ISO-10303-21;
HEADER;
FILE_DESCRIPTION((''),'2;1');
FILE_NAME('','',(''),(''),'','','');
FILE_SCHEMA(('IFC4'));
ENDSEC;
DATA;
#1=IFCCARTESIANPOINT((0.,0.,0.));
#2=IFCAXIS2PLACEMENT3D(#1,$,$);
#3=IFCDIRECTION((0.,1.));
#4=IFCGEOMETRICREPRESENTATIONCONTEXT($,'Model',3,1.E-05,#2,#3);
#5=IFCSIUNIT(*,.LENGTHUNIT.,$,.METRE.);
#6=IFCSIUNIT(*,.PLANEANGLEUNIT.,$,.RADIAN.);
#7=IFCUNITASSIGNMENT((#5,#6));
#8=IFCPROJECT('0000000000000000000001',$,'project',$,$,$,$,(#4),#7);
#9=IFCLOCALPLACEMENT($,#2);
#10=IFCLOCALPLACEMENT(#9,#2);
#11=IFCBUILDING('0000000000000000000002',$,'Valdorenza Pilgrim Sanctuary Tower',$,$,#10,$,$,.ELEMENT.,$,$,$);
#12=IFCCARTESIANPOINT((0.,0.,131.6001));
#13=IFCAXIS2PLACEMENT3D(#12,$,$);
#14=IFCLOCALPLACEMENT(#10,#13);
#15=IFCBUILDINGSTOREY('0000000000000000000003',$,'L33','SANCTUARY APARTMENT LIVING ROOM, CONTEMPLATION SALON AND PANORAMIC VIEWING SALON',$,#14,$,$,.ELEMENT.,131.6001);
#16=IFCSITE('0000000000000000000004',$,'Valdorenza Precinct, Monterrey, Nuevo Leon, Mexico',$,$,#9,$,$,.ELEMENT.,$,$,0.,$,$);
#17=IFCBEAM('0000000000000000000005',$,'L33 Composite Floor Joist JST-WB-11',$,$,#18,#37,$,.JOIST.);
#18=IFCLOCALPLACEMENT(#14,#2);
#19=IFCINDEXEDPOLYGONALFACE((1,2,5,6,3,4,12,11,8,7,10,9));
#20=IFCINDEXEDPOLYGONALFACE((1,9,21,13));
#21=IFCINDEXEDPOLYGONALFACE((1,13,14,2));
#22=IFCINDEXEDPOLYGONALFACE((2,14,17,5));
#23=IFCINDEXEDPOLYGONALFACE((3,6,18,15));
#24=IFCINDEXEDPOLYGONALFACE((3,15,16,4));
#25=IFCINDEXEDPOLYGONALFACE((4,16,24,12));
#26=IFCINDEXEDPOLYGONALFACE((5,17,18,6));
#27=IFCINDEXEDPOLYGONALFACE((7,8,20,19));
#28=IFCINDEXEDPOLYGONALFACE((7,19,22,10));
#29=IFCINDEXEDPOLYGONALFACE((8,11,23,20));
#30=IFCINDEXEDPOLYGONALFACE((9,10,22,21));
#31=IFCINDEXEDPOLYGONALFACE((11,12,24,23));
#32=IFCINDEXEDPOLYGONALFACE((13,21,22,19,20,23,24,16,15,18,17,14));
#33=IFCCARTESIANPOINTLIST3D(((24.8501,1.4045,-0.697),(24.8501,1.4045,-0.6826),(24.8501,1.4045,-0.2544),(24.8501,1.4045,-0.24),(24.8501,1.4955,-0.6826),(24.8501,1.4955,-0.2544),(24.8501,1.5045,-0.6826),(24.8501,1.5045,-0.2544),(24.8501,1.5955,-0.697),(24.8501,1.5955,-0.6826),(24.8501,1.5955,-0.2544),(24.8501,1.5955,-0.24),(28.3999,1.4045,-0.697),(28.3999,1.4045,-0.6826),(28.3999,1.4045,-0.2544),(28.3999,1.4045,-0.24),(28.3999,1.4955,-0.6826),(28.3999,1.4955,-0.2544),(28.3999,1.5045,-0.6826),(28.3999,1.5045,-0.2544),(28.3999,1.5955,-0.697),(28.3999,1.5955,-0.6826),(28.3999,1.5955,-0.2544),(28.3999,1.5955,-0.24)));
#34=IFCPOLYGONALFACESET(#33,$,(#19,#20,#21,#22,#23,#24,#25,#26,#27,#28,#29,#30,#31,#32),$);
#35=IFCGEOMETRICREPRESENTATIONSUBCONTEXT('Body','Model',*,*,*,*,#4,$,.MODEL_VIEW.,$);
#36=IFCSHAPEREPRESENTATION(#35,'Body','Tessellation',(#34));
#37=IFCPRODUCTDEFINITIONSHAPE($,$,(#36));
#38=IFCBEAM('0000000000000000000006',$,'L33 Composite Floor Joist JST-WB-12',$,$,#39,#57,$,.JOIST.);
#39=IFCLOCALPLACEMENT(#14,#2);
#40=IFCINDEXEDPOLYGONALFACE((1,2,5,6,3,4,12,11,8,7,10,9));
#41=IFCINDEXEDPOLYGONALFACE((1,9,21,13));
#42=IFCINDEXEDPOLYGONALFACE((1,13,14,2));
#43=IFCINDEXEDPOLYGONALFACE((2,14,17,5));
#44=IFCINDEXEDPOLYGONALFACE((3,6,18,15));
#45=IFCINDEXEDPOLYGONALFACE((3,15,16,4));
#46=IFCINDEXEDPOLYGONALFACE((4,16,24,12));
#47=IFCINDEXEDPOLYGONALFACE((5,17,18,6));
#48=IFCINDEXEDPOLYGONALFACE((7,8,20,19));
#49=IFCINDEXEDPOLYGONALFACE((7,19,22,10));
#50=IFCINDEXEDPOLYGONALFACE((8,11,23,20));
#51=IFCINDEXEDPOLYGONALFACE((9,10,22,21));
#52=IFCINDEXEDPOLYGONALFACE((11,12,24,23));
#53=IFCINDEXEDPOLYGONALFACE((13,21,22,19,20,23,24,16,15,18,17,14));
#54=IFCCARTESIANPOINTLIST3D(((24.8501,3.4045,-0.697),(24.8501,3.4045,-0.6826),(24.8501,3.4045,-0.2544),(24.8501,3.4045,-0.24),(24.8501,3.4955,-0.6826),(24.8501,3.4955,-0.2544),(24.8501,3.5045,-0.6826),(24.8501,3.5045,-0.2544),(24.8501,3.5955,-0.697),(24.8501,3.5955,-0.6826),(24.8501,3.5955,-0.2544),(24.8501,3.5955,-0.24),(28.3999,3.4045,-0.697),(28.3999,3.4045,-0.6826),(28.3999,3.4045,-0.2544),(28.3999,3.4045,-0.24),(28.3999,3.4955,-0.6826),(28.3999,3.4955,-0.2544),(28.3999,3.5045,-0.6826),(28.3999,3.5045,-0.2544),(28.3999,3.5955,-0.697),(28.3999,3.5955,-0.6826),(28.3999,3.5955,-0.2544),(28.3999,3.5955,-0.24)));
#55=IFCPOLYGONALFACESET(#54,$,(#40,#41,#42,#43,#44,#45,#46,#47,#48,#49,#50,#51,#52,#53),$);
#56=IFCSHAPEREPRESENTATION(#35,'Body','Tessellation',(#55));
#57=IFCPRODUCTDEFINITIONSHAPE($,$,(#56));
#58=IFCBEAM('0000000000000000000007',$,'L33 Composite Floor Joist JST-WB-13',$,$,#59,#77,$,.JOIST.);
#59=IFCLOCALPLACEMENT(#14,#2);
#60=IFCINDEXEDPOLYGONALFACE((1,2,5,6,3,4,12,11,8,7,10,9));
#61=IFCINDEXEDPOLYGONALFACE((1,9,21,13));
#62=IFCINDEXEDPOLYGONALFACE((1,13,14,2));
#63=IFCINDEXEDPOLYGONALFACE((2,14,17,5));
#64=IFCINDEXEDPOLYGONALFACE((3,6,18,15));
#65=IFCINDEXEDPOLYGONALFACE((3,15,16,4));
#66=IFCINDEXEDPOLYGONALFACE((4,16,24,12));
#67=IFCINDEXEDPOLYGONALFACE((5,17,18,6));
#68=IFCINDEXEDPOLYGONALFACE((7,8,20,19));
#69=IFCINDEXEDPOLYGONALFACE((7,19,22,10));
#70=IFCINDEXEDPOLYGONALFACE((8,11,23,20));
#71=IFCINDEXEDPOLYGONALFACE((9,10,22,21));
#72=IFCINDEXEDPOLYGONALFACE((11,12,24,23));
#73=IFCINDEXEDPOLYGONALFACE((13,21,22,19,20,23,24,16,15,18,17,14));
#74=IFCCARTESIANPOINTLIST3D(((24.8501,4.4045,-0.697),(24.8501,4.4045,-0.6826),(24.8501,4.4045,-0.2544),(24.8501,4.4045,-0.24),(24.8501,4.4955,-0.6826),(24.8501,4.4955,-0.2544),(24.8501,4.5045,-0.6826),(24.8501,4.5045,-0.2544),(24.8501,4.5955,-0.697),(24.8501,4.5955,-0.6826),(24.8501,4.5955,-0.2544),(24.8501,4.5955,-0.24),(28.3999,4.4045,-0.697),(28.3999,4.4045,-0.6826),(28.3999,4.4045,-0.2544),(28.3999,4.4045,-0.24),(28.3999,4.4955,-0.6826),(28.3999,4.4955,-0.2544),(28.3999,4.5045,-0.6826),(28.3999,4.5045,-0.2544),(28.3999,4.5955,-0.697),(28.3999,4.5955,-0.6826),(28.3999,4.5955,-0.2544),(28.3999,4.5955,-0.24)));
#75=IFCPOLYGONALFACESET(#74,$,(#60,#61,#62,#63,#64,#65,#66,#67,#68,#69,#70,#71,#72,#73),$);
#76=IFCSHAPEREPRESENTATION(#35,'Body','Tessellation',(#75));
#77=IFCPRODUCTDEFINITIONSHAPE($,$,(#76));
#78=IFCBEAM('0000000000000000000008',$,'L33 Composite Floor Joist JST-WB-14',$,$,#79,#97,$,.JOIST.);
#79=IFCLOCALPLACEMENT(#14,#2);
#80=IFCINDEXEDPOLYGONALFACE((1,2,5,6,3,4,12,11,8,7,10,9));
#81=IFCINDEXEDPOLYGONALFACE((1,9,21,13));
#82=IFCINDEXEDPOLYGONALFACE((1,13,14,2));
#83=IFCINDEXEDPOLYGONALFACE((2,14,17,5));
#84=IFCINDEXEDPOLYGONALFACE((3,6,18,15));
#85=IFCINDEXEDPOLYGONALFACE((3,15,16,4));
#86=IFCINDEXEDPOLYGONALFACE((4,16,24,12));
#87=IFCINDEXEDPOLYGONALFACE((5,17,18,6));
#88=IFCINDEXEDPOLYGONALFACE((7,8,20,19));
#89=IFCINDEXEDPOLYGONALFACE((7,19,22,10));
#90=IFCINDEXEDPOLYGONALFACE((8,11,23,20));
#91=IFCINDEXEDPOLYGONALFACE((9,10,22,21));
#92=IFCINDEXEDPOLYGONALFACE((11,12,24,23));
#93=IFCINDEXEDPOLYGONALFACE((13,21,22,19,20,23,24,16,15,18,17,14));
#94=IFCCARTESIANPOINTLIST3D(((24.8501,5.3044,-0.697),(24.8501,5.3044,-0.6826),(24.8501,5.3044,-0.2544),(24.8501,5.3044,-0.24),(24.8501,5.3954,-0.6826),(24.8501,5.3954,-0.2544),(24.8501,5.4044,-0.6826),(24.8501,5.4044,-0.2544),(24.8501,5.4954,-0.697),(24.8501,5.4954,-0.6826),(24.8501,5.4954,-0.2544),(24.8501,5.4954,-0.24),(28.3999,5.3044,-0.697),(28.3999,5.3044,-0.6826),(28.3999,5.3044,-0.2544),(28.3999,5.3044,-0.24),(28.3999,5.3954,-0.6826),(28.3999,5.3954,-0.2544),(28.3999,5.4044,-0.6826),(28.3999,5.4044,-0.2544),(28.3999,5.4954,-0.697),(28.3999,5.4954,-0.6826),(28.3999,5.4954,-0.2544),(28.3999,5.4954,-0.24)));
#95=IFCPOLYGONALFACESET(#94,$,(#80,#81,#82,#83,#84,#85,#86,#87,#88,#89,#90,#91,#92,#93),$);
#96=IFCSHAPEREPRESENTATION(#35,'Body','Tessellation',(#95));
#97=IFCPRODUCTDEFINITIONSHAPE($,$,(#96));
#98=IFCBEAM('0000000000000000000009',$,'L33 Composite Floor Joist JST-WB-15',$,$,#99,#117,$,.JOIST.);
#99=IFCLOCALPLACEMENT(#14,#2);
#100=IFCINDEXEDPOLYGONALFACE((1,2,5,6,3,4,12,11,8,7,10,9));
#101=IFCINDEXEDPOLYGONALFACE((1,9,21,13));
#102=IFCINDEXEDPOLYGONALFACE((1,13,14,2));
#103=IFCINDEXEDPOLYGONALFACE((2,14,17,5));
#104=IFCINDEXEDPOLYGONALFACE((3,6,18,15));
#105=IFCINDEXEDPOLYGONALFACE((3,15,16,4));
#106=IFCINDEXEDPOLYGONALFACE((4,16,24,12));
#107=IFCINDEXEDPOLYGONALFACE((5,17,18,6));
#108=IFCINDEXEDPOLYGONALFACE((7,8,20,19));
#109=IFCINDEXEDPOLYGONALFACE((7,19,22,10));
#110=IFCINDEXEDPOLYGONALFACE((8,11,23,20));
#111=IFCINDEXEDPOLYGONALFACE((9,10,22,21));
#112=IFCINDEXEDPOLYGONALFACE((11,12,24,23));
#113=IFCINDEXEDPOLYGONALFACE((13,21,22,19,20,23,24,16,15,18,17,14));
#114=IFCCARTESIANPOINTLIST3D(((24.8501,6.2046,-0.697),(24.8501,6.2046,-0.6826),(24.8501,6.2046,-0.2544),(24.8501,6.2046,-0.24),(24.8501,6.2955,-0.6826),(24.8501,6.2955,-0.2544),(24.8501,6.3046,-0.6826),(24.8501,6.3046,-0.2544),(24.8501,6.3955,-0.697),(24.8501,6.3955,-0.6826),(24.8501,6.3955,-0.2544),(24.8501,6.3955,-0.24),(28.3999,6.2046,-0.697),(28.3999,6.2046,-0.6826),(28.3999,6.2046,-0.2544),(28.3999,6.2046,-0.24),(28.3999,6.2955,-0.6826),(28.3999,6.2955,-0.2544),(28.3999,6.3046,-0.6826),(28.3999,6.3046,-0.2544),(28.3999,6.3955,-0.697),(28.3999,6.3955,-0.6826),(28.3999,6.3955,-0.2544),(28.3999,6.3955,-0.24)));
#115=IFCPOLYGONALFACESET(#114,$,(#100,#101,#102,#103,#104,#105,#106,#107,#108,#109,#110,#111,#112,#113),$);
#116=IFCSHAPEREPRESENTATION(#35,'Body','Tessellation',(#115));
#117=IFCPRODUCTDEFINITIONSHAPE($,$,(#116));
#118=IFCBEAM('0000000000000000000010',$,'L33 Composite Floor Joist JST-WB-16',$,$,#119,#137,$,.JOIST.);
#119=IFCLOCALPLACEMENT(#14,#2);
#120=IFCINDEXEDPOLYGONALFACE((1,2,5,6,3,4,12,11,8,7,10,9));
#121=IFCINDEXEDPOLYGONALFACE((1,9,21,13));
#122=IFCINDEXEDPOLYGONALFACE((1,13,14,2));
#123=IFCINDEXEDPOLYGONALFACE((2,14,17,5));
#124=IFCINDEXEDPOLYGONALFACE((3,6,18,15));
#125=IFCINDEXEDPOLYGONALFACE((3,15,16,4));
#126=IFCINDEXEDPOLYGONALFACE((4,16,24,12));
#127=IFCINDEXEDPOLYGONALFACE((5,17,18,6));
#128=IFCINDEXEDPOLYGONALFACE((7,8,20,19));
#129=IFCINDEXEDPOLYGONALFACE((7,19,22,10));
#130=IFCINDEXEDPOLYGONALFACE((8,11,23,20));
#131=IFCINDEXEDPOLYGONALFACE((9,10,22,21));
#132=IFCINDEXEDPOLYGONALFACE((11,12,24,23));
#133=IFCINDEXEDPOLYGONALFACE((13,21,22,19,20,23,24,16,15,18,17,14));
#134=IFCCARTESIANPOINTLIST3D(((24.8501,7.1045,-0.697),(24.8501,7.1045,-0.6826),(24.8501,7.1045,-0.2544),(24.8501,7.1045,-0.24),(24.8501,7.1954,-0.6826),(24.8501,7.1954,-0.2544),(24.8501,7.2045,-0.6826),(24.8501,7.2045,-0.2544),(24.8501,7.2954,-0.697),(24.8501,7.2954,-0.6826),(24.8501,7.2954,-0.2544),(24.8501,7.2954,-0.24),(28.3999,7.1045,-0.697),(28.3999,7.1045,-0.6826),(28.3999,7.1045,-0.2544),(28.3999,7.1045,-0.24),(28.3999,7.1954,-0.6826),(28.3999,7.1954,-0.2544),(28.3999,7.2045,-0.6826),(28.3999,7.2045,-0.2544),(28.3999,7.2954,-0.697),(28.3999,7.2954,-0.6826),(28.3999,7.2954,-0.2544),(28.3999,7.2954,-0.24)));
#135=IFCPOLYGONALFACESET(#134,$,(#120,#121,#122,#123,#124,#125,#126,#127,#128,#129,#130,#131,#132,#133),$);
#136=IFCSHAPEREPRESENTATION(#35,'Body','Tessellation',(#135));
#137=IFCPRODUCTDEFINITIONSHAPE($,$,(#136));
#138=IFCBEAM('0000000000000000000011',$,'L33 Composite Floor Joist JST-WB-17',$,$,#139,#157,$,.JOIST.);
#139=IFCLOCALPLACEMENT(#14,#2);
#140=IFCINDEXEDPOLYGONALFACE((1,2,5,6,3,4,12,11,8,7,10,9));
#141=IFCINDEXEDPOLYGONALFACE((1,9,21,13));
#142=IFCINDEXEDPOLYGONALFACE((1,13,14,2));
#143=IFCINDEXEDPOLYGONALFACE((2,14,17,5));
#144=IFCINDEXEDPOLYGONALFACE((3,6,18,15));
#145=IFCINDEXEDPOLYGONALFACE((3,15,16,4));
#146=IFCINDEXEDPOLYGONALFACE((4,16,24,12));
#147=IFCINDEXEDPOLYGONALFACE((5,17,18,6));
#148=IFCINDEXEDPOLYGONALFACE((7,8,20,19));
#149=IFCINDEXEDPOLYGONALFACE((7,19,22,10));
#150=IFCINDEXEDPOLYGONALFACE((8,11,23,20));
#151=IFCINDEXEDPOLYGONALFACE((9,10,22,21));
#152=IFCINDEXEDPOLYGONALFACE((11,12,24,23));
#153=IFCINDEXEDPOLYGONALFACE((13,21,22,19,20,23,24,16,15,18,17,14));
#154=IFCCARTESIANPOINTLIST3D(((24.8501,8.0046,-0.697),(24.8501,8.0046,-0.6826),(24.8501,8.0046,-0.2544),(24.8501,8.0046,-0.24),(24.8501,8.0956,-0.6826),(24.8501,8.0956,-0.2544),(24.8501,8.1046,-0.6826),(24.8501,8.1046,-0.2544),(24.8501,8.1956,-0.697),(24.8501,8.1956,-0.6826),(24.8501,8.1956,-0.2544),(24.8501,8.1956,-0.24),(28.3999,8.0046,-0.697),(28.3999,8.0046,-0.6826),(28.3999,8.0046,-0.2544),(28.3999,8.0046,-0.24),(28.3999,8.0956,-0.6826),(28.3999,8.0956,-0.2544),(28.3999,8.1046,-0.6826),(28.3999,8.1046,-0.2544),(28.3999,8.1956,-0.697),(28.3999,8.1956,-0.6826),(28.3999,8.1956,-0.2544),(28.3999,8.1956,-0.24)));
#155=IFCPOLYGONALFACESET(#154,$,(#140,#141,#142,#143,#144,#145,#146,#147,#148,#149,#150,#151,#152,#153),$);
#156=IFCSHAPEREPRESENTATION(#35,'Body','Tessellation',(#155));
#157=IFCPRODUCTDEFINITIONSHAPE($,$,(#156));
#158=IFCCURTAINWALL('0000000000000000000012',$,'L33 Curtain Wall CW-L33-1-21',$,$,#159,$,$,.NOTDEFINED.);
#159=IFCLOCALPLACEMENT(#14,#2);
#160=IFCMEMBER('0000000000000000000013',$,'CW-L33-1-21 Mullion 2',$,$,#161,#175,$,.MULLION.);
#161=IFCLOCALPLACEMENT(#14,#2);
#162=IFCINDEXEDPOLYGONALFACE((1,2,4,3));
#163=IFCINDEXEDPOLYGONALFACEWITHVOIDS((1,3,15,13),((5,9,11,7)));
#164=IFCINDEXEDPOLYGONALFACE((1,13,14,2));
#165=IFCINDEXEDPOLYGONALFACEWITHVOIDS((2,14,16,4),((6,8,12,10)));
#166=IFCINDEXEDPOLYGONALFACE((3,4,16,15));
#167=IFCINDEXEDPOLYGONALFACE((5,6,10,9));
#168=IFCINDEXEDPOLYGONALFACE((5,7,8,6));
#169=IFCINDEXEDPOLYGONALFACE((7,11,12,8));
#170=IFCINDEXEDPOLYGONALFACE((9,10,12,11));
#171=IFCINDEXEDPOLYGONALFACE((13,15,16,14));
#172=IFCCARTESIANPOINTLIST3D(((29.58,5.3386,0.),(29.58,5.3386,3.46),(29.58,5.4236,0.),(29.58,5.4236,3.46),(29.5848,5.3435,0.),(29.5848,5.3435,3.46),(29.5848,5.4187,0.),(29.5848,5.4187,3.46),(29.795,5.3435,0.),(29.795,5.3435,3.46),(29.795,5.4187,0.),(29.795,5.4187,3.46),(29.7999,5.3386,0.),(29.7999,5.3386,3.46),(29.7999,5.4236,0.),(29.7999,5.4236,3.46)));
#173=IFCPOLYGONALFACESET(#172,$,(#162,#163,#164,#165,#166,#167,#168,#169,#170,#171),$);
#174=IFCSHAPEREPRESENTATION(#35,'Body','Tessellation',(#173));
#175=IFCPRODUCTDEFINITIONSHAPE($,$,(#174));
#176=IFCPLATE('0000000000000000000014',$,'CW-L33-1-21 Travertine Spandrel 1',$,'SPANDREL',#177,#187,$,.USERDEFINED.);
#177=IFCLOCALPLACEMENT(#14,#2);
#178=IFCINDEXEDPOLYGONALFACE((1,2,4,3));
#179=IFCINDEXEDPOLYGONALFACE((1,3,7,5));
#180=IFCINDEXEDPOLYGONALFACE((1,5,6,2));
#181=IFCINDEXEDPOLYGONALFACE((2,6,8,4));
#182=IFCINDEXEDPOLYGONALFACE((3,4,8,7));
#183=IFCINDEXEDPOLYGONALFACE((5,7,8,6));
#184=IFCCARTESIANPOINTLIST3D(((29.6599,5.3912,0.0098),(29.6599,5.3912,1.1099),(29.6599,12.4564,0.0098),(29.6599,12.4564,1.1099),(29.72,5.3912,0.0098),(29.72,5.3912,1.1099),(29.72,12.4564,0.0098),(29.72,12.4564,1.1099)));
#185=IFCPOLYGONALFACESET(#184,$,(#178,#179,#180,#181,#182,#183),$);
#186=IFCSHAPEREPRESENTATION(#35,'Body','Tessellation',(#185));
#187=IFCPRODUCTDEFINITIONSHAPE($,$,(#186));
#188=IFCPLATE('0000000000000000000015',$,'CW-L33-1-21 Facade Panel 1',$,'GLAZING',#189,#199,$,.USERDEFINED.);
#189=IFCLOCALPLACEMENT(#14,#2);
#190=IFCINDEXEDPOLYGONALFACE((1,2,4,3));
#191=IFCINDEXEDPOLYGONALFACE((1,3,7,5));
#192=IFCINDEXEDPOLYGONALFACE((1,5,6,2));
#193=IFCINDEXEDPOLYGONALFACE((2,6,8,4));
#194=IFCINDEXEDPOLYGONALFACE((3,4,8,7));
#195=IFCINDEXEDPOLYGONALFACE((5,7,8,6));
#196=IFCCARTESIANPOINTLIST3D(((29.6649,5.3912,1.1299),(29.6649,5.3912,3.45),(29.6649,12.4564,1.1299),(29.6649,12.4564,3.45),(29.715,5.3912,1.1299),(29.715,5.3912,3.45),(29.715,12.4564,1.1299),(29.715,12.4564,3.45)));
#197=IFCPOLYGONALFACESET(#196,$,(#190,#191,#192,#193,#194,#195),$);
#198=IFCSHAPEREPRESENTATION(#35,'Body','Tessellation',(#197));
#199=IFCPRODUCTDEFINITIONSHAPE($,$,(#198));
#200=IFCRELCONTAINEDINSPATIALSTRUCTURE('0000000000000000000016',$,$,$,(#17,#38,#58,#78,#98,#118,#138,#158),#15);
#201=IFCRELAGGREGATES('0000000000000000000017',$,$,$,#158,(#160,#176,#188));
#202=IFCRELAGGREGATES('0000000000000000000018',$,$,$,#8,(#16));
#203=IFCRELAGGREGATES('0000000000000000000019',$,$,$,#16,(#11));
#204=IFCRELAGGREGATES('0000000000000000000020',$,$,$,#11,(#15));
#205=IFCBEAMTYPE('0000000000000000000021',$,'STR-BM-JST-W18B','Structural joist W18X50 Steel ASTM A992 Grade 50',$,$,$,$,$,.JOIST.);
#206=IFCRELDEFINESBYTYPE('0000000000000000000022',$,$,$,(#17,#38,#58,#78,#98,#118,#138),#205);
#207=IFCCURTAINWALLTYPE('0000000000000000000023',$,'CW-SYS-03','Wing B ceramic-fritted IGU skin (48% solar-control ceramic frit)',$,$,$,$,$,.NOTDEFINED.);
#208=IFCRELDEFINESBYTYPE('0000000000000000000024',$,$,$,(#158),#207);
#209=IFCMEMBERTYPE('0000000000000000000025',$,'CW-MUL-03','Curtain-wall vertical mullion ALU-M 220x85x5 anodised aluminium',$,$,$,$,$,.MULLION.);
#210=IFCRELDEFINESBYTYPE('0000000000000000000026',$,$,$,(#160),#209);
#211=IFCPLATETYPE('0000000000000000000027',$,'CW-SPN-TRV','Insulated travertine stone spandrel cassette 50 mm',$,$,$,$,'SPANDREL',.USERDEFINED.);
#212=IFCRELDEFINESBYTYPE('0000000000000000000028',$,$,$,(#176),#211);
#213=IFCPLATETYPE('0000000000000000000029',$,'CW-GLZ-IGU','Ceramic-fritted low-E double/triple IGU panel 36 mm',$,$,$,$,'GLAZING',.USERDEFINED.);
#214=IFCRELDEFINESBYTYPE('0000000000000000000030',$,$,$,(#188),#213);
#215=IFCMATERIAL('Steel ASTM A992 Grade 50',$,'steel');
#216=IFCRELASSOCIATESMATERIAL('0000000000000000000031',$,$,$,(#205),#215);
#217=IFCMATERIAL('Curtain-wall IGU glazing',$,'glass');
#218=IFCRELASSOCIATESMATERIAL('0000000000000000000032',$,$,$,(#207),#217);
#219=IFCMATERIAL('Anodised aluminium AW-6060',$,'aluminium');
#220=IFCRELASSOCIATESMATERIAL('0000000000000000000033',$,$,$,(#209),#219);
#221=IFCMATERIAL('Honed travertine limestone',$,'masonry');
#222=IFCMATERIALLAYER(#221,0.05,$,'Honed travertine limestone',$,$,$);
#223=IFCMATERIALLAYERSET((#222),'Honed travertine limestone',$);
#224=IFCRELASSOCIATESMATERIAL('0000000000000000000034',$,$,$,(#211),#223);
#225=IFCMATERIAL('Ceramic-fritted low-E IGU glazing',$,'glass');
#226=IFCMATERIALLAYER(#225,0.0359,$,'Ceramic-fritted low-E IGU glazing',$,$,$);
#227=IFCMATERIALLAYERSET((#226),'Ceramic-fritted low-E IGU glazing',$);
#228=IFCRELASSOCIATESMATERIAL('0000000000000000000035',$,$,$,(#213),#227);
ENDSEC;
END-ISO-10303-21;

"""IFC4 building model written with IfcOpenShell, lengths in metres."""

from ifc_helpers import new_model, si_unit, direction, frame, origin, origin_2d, place, context, subcontext, project, spatial, rectangle, hollow_rectangle, i_section, extrude, source, transform, mapped, material, layer, layer_set, material_profile, profile_set, type_object, element, aggregate, save


model = new_model("IFC4")

# Units and contexts
model_context = context("Model", 3, precision=1e-05, world=origin(), true_north=direction((0.0, 1.0)))
body_context = subcontext(model_context, "Body", "Model", "MODEL_VIEW")
ifc_project = project(units=[si_unit("LENGTHUNIT", "METRE"), si_unit("PLANEANGLEUNIT", "RADIAN")], contexts=[model_context])

# Site, building, storey
site_placement = place(None, origin())
site = spatial("IfcSite", under=ifc_project, at=site_placement, Name="Valdorenza Precinct, Monterrey, Nuevo Leon, Mexico", CompositionType="ELEMENT", RefElevation=0.0)
building_placement = place(site_placement, origin())
building = spatial("IfcBuilding", under=site, at=building_placement, Name="Valdorenza Pilgrim Sanctuary Tower", CompositionType="ELEMENT")
storey_placement = place(building_placement, frame((0.0, 0.0, 131.6001)))
storey = spatial("IfcBuildingStorey", under=building, at=storey_placement, Name="L33", Description="SANCTUARY APARTMENT LIVING ROOM, CONTEMPLATION SALON AND PANORAMIC VIEWING SALON", CompositionType="ELEMENT", Elevation=131.6001)

# Beams
ifc_material_1 = material(Name="Steel ASTM A992 Grade 50", Category="steel")
ifc_material_profile_1 = material_profile(ifc_material_1, i_section(OverallWidth=0.1909, OverallDepth=0.457, WebThickness=0.009, FlangeThickness=0.0144, at=origin_2d()), Name="W18X50")
ifc_profile_set_1 = profile_set([ifc_material_profile_1], Name="Steel ASTM A992 Grade 50")
beam_type = type_object("IfcBeamType", Name="STR-BM-JST-W18B", Description="Structural joist W18X50 Steel ASTM A992 Grade 50", PredefinedType="JOIST", material=ifc_profile_set_1)
shared_shape_1 = source(origin(), body_context, "Body", "SweptSolid", [
    extrude(i_section(OverallWidth=0.1909, OverallDepth=0.457, WebThickness=0.009, FlangeThickness=0.0144, at=origin_2d()), origin(), (0.0, 0.0, 1.0), 3.5498),
])
for number, where, z_axis, x_axis, name in (
    (1, (24.8501, 1.5, -0.4685), (1.0, 0.0, 0.0), (0.0, 1.0, 0.0), "L33 Composite Floor Joist JST-WB-11"),
    (2, (24.8501, 3.5, -0.4685), (1.0, 0.0, 0.0), (0.0, 1.0, 0.0), "L33 Composite Floor Joist JST-WB-12"),
    (3, (24.8501, 4.5, -0.4685), (1.0, 0.0, 0.0), (0.0, 1.0, 0.0), "L33 Composite Floor Joist JST-WB-13"),
    (4, (24.8501, 5.3999, -0.4685), (1.0, 0.0, 0.0), (0.0, 1.0, 0.0), "L33 Composite Floor Joist JST-WB-14"),
    (5, (24.8501, 6.3, -0.4685), (1.0, 0.0, 0.0), (0.0, 1.0, 0.0), "L33 Composite Floor Joist JST-WB-15"),
    (6, (24.8501, 7.2, -0.4685), (1.0, 0.0, 0.0), (0.0, 1.0, 0.0), "L33 Composite Floor Joist JST-WB-16"),
    (7, (24.8501, 8.1001, -0.4685), (1.0, 0.0, 0.0), (0.0, 1.0, 0.0), "L33 Composite Floor Joist JST-WB-17"),
):
    element("IfcBeam", number, at=place(storey_placement, frame(where, z_axis=z_axis, x_axis=x_axis)), inside=storey, type_object=beam_type, Name=name, PredefinedType="JOIST", context=body_context, shape_type="MappedRepresentation", body=[
        mapped(shared_shape_1, transform((0.0, 0.0, 0.0), x_axis=(1.0, 0.0, 0.0), y_axis=(0.0, 1.0, 0.0), z_axis=(0.0, 0.0, 1.0), scale=1.0)),
    ])

# Curtain wall, member, plates
ifc_material_2 = material(Name="Curtain-wall IGU glazing", Category="glass")
curtain_wall_type = type_object("IfcCurtainWallType", Name="CW-SYS-03", Description="Wing B ceramic-fritted IGU skin (48% solar-control ceramic frit)", PredefinedType="NOTDEFINED", material=ifc_material_2)
curtain_wall_placement = place(storey_placement, origin())
curtain_wall = element("IfcCurtainWall", 8, at=curtain_wall_placement, inside=storey, type_object=curtain_wall_type, Name="L33 Curtain Wall CW-L33-1-21", PredefinedType="NOTDEFINED")
ifc_material_3 = material(Name="Anodised aluminium AW-6060", Category="aluminium")
ifc_material_profile_2 = material_profile(ifc_material_3, hollow_rectangle(XDim=0.085, YDim=0.22, WallThickness=0.0049, at=origin_2d()), Name="ALU-M 220x85x5")
ifc_profile_set_2 = profile_set([ifc_material_profile_2], Name="Anodised aluminium AW-6060")
member_type = type_object("IfcMemberType", Name="CW-MUL-03", Description="Curtain-wall vertical mullion ALU-M 220x85x5 anodised aluminium", PredefinedType="MULLION", material=ifc_profile_set_2)
shared_shape_2 = source(origin(), body_context, "Body", "SweptSolid", [
    extrude(hollow_rectangle(XDim=0.085, YDim=0.22, WallThickness=0.0049, at=origin_2d()), origin(), (0.0, 0.0, 1.0), 3.46),
])
member_placement = place(storey_placement, frame((29.6899, 5.3811, 0.0), z_axis=(0.0, 0.0, 1.0), x_axis=(0.0, -1.0, 0.0)))
member = element("IfcMember", 9, at=member_placement, type_object=member_type, Name="CW-L33-1-21 Mullion 2", PredefinedType="MULLION", context=body_context, shape_type="MappedRepresentation", body=[
    mapped(shared_shape_2, transform((0.0, 0.0, 0.0), x_axis=(1.0, 0.0, 0.0), y_axis=(0.0, 1.0, 0.0), z_axis=(0.0, 0.0, 1.0), scale=1.0)),
])
ifc_material_4 = material(Name="Honed travertine limestone", Category="masonry")
ifc_layer_1 = layer(ifc_material_4, 0.05, Name="Honed travertine limestone")
ifc_layer_set_1 = layer_set([ifc_layer_1], Name="Honed travertine limestone")
plate_type_1 = type_object("IfcPlateType", Name="CW-SPN-TRV", Description="Insulated travertine stone spandrel cassette 50 mm", ElementType="SPANDREL", PredefinedType="USERDEFINED", material=ifc_layer_set_1)
shared_shape_3 = source(origin(), body_context, "Body", "SweptSolid", [
    extrude(rectangle(XDim=7.0652, YDim=0.0601, at=origin_2d()), origin(), (0.0, 0.0, 1.0), 1.1001),
])
plate_1_placement = place(storey_placement, frame((29.6899, 8.9238, 0.0098), z_axis=(0.0, 0.0, 1.0), x_axis=(0.0, -1.0, 0.0)))
plate_1 = element("IfcPlate", 10, at=plate_1_placement, type_object=plate_type_1, Name="CW-L33-1-21 Travertine Spandrel 1", ObjectType="SPANDREL", PredefinedType="USERDEFINED", context=body_context, shape_type="MappedRepresentation", body=[
    mapped(shared_shape_3, transform((0.0, 0.0, 0.0), x_axis=(1.0, 0.0, 0.0), y_axis=(0.0, 1.0, 0.0), z_axis=(0.0, 0.0, 1.0), scale=1.0)),
])
ifc_material_5 = material(Name="Ceramic-fritted low-E IGU glazing", Category="glass")
ifc_layer_2 = layer(ifc_material_5, 0.0359, Name="Ceramic-fritted low-E IGU glazing")
ifc_layer_set_2 = layer_set([ifc_layer_2], Name="Ceramic-fritted low-E IGU glazing")
plate_type_2 = type_object("IfcPlateType", Name="CW-GLZ-IGU", Description="Ceramic-fritted low-E double/triple IGU panel 36 mm", ElementType="GLAZING", PredefinedType="USERDEFINED", material=ifc_layer_set_2)
shared_shape_4 = source(origin(), body_context, "Body", "SweptSolid", [
    extrude(rectangle(XDim=7.0652, YDim=0.05, at=origin_2d()), origin(), (0.0, 0.0, 1.0), 2.3201),
])
plate_2_placement = place(storey_placement, frame((29.6899, 8.9238, 1.1299), z_axis=(0.0, 0.0, 1.0), x_axis=(0.0, -1.0, 0.0)))
plate_2 = element("IfcPlate", 11, at=plate_2_placement, type_object=plate_type_2, Name="CW-L33-1-21 Facade Panel 1", ObjectType="GLAZING", PredefinedType="USERDEFINED", context=body_context, shape_type="MappedRepresentation", body=[
    mapped(shared_shape_4, transform((0.0, 0.0, 0.0), x_axis=(1.0, 0.0, 0.0), y_axis=(0.0, 1.0, 0.0), z_axis=(0.0, 0.0, 1.0), scale=1.0)),
])
aggregate(curtain_wall, [member, plate_1, plate_2])

save(model, "model.ifc")
